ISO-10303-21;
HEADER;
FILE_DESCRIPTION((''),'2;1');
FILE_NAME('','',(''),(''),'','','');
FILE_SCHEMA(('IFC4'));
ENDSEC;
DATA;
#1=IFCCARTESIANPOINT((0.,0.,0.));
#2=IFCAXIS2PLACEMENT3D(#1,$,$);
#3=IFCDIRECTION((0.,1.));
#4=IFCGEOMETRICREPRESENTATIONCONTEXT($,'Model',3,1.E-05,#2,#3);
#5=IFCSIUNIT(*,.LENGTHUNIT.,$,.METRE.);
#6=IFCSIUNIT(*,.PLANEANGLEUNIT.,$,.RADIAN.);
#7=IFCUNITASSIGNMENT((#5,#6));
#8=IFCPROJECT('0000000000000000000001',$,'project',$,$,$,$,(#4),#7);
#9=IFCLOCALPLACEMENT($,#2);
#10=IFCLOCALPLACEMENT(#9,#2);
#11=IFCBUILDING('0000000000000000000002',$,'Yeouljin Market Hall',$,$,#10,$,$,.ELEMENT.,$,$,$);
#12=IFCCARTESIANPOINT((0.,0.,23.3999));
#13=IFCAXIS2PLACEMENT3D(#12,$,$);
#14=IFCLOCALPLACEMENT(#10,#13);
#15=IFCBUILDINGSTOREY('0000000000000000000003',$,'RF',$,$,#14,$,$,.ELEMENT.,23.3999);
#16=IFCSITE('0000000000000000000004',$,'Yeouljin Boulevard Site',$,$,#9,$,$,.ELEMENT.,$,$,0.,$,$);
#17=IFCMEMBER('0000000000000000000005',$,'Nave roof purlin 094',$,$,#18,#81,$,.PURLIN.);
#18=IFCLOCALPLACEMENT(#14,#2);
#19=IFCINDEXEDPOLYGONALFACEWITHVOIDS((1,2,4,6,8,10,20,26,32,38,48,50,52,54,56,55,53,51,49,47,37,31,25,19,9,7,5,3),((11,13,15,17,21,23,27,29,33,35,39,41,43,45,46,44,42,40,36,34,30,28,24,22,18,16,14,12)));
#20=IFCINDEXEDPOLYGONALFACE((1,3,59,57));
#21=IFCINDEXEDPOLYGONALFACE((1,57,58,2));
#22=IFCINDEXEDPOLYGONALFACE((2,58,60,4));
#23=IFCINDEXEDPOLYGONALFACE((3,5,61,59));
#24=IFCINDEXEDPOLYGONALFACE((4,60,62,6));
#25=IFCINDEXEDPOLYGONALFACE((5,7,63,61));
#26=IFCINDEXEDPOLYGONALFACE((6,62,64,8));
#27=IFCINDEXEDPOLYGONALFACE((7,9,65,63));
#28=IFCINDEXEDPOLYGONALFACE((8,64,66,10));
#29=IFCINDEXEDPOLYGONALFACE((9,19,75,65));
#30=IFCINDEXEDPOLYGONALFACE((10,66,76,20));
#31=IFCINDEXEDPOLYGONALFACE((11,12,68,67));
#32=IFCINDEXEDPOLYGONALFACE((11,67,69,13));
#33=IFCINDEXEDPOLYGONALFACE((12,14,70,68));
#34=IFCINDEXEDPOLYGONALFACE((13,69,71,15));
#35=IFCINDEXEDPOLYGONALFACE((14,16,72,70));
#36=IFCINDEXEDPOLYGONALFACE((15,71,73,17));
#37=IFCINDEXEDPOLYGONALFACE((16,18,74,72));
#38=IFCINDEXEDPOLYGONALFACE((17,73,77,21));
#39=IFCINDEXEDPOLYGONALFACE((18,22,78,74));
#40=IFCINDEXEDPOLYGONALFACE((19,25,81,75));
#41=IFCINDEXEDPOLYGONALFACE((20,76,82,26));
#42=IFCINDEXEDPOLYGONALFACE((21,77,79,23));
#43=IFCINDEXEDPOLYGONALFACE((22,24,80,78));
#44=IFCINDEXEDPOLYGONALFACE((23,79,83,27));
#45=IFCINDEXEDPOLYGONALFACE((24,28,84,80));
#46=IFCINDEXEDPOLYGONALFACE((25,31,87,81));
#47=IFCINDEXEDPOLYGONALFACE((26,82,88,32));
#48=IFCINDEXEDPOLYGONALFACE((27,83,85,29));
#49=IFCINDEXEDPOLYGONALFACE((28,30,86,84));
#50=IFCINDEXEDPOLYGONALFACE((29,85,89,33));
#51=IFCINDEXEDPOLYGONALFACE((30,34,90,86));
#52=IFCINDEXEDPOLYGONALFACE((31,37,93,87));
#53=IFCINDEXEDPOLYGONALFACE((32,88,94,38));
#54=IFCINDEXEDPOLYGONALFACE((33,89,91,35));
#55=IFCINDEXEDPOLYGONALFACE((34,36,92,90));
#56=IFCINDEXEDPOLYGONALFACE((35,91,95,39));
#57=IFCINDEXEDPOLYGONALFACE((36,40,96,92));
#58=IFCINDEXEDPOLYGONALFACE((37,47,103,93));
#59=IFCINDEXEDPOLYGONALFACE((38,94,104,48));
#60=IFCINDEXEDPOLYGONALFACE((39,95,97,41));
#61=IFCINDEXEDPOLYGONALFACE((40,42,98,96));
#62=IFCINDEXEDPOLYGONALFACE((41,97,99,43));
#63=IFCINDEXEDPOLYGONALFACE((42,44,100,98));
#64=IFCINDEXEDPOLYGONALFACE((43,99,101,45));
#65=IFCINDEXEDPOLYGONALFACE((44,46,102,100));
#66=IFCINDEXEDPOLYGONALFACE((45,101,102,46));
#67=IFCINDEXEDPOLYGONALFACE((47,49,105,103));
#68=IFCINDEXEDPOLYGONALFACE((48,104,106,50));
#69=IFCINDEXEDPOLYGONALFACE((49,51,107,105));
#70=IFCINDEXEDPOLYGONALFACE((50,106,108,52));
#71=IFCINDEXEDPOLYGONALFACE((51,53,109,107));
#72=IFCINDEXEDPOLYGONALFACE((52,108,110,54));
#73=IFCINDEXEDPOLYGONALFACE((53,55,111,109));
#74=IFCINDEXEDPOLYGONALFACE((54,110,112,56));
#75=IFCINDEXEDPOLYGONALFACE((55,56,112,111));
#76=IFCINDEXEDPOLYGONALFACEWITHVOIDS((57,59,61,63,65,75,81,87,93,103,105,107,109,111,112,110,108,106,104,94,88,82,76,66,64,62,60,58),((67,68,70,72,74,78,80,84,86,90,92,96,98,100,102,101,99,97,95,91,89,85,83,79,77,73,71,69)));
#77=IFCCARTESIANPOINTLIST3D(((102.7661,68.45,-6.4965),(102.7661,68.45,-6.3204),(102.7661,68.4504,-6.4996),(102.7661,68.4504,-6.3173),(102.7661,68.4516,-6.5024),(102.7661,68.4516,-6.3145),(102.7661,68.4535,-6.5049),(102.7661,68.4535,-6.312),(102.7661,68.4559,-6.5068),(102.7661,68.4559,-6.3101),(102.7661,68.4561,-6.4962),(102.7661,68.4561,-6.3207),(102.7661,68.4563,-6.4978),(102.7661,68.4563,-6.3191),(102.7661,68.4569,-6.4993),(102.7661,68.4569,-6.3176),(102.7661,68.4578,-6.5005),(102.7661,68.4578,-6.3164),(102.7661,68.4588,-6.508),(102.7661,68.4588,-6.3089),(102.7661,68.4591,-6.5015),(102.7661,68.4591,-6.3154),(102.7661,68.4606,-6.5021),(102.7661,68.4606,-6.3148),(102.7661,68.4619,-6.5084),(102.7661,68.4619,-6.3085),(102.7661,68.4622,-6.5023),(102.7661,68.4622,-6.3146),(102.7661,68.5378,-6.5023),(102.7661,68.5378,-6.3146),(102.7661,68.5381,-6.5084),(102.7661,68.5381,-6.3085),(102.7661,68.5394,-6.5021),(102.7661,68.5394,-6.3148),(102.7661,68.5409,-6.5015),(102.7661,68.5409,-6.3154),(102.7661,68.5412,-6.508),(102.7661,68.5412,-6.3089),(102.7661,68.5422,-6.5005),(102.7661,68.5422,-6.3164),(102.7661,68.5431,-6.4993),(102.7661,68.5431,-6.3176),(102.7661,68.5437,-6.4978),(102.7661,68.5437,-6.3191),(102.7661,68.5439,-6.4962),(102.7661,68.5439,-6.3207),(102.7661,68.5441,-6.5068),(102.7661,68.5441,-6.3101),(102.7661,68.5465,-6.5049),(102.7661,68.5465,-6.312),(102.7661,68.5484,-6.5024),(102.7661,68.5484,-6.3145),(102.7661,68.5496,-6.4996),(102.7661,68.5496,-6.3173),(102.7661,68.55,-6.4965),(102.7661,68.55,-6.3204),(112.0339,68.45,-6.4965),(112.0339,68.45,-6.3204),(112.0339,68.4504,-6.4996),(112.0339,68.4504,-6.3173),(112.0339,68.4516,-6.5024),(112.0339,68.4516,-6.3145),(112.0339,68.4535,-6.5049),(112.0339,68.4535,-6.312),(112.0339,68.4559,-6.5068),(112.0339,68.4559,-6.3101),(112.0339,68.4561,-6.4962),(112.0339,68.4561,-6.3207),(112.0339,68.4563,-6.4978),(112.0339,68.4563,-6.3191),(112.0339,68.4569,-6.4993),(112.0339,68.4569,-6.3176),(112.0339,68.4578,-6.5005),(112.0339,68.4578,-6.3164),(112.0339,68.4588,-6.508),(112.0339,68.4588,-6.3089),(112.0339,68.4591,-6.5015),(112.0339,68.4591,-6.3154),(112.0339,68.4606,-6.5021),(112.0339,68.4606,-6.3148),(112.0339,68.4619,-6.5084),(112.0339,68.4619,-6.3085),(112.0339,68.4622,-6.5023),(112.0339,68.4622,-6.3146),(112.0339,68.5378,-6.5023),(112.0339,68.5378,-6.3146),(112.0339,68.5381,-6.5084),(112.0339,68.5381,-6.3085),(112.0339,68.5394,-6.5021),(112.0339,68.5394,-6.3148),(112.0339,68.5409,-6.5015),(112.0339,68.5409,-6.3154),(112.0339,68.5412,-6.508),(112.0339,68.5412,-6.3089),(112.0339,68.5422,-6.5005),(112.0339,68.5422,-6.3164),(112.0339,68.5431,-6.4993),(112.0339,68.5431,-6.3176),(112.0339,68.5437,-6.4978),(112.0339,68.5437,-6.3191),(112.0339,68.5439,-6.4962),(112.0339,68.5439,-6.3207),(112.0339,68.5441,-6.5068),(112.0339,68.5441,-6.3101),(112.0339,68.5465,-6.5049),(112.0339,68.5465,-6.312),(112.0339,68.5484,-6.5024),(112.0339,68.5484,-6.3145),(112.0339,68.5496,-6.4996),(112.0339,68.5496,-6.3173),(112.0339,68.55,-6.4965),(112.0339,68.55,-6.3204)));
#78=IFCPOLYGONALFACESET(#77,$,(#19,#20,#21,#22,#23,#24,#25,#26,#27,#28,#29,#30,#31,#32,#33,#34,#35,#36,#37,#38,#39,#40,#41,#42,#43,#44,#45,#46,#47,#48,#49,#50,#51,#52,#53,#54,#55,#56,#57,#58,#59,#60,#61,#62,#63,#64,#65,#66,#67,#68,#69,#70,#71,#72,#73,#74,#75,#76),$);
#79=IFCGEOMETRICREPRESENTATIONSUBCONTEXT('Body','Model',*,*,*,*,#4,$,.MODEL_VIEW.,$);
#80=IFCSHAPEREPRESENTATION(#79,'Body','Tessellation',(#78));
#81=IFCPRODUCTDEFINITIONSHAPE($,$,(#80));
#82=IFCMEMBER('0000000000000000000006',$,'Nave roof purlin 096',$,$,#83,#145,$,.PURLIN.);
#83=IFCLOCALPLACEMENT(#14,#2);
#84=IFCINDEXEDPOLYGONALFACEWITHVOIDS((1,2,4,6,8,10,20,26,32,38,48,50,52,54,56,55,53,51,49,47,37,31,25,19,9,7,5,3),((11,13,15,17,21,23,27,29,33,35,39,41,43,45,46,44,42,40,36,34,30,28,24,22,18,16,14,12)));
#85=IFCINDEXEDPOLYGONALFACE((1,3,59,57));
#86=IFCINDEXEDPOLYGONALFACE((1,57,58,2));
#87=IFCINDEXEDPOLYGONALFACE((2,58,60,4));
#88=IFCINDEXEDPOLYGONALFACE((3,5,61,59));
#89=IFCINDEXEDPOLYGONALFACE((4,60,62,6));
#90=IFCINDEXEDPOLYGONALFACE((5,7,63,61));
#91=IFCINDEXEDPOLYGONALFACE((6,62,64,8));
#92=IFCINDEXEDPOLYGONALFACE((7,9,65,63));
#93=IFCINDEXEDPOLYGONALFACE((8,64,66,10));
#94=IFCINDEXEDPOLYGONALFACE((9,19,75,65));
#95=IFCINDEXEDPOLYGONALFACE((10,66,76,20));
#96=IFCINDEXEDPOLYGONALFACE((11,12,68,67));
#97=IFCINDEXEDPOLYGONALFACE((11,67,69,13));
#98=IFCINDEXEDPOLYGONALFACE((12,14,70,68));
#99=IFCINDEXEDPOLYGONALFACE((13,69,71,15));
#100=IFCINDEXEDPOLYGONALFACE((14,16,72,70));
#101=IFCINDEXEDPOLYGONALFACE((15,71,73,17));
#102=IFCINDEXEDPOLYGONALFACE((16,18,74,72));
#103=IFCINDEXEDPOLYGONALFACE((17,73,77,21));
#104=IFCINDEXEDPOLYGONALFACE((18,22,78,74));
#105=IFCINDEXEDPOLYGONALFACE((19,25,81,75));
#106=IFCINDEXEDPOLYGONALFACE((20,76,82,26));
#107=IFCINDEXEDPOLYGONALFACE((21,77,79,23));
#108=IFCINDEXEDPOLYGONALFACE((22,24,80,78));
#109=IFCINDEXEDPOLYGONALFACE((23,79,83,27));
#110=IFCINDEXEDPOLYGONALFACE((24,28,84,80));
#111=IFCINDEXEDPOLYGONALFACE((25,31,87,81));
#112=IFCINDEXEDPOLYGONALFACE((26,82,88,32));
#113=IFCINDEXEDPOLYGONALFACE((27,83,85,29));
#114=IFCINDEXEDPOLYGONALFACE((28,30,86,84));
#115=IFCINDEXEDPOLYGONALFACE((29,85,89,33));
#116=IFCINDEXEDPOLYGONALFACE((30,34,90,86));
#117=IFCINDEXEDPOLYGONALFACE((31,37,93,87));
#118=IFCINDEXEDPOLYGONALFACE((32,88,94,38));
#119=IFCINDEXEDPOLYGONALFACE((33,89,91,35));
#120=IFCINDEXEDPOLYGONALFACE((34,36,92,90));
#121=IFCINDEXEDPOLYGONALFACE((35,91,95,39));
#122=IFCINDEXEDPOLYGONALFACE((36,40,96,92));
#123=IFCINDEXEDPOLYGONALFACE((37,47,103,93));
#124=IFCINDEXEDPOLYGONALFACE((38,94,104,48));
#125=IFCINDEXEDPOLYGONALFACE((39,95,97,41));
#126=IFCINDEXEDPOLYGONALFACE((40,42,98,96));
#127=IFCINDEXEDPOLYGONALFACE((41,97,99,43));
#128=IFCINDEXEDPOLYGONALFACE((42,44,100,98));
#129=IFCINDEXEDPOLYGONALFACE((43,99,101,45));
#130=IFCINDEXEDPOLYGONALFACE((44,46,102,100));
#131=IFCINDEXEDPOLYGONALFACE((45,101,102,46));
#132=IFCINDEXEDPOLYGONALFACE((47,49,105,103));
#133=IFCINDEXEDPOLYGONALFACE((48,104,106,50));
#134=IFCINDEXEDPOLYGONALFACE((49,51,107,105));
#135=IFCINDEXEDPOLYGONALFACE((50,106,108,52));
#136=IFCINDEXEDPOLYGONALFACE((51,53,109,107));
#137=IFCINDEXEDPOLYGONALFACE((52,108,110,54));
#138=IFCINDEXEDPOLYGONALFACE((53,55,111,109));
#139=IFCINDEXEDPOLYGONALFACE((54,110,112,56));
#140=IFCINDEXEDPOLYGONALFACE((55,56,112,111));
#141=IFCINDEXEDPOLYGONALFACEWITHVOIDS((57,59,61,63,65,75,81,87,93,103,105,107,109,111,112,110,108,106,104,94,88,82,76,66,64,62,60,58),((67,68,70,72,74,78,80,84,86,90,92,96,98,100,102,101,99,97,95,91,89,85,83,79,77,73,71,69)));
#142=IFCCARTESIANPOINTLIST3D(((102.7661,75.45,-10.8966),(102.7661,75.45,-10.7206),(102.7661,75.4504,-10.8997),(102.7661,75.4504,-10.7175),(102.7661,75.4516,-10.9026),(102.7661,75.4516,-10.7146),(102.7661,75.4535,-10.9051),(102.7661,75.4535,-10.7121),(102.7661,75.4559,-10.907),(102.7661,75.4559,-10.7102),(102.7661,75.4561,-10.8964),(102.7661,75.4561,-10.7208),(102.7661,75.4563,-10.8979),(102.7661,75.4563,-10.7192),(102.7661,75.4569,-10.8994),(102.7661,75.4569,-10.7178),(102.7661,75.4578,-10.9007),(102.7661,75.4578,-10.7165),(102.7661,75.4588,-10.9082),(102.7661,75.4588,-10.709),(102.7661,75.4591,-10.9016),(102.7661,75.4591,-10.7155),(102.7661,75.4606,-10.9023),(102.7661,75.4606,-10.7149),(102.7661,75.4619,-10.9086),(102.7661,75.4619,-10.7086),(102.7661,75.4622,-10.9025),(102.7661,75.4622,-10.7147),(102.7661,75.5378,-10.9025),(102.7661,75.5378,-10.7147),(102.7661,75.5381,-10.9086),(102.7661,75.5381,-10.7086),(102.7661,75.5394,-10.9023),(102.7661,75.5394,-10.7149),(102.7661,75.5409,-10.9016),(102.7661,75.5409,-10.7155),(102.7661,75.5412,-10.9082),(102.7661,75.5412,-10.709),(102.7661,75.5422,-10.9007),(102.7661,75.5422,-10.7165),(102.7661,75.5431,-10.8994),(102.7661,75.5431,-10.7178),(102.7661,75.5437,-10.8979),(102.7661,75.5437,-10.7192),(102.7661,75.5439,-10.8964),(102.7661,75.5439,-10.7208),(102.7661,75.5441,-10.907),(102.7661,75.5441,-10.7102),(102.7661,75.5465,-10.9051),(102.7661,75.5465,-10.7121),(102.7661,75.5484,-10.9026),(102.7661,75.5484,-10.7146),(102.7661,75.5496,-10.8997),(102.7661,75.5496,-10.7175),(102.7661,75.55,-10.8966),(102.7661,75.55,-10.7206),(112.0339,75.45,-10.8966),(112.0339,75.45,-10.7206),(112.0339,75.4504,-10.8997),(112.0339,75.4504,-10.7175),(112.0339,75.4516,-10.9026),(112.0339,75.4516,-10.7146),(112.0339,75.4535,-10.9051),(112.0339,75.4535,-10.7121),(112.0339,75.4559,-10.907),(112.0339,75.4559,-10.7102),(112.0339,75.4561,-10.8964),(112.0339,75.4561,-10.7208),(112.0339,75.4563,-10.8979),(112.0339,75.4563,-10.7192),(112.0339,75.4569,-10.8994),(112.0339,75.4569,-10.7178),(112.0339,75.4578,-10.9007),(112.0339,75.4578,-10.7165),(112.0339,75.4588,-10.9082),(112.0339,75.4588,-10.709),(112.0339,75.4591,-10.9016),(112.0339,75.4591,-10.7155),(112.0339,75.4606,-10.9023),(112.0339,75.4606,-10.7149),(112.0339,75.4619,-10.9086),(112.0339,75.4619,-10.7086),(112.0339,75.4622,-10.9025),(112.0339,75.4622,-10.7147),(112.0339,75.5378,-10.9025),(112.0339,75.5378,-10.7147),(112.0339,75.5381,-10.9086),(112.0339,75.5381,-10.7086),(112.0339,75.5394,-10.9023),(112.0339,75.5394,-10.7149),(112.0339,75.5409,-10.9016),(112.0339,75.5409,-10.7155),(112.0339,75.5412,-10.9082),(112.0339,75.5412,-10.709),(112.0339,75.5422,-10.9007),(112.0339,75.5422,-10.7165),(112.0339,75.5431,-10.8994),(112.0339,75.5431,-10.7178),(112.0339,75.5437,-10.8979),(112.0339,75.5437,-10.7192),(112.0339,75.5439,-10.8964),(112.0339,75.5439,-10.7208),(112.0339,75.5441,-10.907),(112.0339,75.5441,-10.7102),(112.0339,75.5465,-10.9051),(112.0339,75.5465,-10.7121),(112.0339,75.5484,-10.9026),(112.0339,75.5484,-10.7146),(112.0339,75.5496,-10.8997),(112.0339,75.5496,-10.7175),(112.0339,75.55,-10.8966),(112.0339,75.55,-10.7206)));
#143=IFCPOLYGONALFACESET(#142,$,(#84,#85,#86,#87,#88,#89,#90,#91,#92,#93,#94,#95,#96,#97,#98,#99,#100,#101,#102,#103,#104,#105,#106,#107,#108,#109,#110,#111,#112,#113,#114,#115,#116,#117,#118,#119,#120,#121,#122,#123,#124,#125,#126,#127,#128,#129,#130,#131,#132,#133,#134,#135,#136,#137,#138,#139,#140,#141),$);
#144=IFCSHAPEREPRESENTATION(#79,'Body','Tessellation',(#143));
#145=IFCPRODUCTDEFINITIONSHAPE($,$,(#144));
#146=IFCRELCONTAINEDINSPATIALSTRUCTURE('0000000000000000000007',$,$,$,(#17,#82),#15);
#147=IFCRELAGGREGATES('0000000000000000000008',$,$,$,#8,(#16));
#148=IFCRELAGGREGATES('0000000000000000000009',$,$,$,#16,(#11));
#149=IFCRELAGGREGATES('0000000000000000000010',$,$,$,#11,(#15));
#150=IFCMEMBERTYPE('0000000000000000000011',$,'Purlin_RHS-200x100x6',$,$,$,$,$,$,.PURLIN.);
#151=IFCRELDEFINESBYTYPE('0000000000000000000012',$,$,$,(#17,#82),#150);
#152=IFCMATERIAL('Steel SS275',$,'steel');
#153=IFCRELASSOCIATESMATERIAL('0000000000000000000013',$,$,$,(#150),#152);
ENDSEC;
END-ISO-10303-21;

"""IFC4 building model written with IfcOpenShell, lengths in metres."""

from ifc_helpers import new_model, si_unit, direction, frame, origin, origin_2d, place, context, subcontext, project, spatial, hollow_rectangle, extrude, material, material_profile, profile_set, type_object, element, save


model = new_model("IFC4")

# Units and contexts
model_context = context("Model", 3, precision=1e-05, world=origin(), true_north=direction((0.0, 1.0)))
body_context = subcontext(model_context, "Body", "Model", "MODEL_VIEW")
ifc_project = project(units=[si_unit("LENGTHUNIT", "METRE"), si_unit("PLANEANGLEUNIT", "RADIAN")], contexts=[model_context])

# Site, building, storey
site_placement = place(None, origin())
site = spatial("IfcSite", under=ifc_project, at=site_placement, Name="Yeouljin Boulevard Site", CompositionType="ELEMENT", RefElevation=0.0)
building_placement = place(site_placement, origin())
building = spatial("IfcBuilding", under=site, at=building_placement, Name="Yeouljin Market Hall", CompositionType="ELEMENT")
storey_placement = place(building_placement, frame((0.0, 0.0, 23.3999)))
storey = spatial("IfcBuildingStorey", under=building, at=storey_placement, Name="RF", CompositionType="ELEMENT", Elevation=23.3999)

# Members
ifc_material_1 = material(Name="Steel SS275", Category="steel")
ifc_material_profile_1 = material_profile(ifc_material_1, hollow_rectangle(XDim=0.1001, YDim=0.2, WallThickness=0.0061, InnerFilletRadius=0.0061, OuterFilletRadius=0.012, at=origin_2d()), Name="RHS-200x100x6")
ifc_profile_set_1 = profile_set([ifc_material_profile_1], Name="Steel SS275")
member_type_1 = type_object("IfcMemberType", Name="Purlin_RHS-200x100x6", PredefinedType="PURLIN", material=ifc_profile_set_1)
for number, where, z_axis, x_axis, name in (
    (1, (102.7661, 68.5, -6.4084), (1.0, 0.0, 0.0), (0.0, 1.0, 0.0), "Nave roof purlin 094"),
    (2, (102.7661, 75.5, -10.8086), (1.0, 0.0, 0.0), (0.0, 1.0, 0.0), "Nave roof purlin 096"),
):
    element("IfcMember", number, at=place(storey_placement, frame(where, z_axis=z_axis, x_axis=x_axis)), inside=storey, type_object=member_type_1, Name=name, PredefinedType="PURLIN", context=body_context, shape_type="SweptSolid", body=[
        extrude(hollow_rectangle(XDim=0.1001, YDim=0.2, WallThickness=0.0061, InnerFilletRadius=0.0061, OuterFilletRadius=0.012, at=origin_2d()), origin(), (0.0, 0.0, 1.0), 9.2678),
    ])

save(model, "model.ifc")
